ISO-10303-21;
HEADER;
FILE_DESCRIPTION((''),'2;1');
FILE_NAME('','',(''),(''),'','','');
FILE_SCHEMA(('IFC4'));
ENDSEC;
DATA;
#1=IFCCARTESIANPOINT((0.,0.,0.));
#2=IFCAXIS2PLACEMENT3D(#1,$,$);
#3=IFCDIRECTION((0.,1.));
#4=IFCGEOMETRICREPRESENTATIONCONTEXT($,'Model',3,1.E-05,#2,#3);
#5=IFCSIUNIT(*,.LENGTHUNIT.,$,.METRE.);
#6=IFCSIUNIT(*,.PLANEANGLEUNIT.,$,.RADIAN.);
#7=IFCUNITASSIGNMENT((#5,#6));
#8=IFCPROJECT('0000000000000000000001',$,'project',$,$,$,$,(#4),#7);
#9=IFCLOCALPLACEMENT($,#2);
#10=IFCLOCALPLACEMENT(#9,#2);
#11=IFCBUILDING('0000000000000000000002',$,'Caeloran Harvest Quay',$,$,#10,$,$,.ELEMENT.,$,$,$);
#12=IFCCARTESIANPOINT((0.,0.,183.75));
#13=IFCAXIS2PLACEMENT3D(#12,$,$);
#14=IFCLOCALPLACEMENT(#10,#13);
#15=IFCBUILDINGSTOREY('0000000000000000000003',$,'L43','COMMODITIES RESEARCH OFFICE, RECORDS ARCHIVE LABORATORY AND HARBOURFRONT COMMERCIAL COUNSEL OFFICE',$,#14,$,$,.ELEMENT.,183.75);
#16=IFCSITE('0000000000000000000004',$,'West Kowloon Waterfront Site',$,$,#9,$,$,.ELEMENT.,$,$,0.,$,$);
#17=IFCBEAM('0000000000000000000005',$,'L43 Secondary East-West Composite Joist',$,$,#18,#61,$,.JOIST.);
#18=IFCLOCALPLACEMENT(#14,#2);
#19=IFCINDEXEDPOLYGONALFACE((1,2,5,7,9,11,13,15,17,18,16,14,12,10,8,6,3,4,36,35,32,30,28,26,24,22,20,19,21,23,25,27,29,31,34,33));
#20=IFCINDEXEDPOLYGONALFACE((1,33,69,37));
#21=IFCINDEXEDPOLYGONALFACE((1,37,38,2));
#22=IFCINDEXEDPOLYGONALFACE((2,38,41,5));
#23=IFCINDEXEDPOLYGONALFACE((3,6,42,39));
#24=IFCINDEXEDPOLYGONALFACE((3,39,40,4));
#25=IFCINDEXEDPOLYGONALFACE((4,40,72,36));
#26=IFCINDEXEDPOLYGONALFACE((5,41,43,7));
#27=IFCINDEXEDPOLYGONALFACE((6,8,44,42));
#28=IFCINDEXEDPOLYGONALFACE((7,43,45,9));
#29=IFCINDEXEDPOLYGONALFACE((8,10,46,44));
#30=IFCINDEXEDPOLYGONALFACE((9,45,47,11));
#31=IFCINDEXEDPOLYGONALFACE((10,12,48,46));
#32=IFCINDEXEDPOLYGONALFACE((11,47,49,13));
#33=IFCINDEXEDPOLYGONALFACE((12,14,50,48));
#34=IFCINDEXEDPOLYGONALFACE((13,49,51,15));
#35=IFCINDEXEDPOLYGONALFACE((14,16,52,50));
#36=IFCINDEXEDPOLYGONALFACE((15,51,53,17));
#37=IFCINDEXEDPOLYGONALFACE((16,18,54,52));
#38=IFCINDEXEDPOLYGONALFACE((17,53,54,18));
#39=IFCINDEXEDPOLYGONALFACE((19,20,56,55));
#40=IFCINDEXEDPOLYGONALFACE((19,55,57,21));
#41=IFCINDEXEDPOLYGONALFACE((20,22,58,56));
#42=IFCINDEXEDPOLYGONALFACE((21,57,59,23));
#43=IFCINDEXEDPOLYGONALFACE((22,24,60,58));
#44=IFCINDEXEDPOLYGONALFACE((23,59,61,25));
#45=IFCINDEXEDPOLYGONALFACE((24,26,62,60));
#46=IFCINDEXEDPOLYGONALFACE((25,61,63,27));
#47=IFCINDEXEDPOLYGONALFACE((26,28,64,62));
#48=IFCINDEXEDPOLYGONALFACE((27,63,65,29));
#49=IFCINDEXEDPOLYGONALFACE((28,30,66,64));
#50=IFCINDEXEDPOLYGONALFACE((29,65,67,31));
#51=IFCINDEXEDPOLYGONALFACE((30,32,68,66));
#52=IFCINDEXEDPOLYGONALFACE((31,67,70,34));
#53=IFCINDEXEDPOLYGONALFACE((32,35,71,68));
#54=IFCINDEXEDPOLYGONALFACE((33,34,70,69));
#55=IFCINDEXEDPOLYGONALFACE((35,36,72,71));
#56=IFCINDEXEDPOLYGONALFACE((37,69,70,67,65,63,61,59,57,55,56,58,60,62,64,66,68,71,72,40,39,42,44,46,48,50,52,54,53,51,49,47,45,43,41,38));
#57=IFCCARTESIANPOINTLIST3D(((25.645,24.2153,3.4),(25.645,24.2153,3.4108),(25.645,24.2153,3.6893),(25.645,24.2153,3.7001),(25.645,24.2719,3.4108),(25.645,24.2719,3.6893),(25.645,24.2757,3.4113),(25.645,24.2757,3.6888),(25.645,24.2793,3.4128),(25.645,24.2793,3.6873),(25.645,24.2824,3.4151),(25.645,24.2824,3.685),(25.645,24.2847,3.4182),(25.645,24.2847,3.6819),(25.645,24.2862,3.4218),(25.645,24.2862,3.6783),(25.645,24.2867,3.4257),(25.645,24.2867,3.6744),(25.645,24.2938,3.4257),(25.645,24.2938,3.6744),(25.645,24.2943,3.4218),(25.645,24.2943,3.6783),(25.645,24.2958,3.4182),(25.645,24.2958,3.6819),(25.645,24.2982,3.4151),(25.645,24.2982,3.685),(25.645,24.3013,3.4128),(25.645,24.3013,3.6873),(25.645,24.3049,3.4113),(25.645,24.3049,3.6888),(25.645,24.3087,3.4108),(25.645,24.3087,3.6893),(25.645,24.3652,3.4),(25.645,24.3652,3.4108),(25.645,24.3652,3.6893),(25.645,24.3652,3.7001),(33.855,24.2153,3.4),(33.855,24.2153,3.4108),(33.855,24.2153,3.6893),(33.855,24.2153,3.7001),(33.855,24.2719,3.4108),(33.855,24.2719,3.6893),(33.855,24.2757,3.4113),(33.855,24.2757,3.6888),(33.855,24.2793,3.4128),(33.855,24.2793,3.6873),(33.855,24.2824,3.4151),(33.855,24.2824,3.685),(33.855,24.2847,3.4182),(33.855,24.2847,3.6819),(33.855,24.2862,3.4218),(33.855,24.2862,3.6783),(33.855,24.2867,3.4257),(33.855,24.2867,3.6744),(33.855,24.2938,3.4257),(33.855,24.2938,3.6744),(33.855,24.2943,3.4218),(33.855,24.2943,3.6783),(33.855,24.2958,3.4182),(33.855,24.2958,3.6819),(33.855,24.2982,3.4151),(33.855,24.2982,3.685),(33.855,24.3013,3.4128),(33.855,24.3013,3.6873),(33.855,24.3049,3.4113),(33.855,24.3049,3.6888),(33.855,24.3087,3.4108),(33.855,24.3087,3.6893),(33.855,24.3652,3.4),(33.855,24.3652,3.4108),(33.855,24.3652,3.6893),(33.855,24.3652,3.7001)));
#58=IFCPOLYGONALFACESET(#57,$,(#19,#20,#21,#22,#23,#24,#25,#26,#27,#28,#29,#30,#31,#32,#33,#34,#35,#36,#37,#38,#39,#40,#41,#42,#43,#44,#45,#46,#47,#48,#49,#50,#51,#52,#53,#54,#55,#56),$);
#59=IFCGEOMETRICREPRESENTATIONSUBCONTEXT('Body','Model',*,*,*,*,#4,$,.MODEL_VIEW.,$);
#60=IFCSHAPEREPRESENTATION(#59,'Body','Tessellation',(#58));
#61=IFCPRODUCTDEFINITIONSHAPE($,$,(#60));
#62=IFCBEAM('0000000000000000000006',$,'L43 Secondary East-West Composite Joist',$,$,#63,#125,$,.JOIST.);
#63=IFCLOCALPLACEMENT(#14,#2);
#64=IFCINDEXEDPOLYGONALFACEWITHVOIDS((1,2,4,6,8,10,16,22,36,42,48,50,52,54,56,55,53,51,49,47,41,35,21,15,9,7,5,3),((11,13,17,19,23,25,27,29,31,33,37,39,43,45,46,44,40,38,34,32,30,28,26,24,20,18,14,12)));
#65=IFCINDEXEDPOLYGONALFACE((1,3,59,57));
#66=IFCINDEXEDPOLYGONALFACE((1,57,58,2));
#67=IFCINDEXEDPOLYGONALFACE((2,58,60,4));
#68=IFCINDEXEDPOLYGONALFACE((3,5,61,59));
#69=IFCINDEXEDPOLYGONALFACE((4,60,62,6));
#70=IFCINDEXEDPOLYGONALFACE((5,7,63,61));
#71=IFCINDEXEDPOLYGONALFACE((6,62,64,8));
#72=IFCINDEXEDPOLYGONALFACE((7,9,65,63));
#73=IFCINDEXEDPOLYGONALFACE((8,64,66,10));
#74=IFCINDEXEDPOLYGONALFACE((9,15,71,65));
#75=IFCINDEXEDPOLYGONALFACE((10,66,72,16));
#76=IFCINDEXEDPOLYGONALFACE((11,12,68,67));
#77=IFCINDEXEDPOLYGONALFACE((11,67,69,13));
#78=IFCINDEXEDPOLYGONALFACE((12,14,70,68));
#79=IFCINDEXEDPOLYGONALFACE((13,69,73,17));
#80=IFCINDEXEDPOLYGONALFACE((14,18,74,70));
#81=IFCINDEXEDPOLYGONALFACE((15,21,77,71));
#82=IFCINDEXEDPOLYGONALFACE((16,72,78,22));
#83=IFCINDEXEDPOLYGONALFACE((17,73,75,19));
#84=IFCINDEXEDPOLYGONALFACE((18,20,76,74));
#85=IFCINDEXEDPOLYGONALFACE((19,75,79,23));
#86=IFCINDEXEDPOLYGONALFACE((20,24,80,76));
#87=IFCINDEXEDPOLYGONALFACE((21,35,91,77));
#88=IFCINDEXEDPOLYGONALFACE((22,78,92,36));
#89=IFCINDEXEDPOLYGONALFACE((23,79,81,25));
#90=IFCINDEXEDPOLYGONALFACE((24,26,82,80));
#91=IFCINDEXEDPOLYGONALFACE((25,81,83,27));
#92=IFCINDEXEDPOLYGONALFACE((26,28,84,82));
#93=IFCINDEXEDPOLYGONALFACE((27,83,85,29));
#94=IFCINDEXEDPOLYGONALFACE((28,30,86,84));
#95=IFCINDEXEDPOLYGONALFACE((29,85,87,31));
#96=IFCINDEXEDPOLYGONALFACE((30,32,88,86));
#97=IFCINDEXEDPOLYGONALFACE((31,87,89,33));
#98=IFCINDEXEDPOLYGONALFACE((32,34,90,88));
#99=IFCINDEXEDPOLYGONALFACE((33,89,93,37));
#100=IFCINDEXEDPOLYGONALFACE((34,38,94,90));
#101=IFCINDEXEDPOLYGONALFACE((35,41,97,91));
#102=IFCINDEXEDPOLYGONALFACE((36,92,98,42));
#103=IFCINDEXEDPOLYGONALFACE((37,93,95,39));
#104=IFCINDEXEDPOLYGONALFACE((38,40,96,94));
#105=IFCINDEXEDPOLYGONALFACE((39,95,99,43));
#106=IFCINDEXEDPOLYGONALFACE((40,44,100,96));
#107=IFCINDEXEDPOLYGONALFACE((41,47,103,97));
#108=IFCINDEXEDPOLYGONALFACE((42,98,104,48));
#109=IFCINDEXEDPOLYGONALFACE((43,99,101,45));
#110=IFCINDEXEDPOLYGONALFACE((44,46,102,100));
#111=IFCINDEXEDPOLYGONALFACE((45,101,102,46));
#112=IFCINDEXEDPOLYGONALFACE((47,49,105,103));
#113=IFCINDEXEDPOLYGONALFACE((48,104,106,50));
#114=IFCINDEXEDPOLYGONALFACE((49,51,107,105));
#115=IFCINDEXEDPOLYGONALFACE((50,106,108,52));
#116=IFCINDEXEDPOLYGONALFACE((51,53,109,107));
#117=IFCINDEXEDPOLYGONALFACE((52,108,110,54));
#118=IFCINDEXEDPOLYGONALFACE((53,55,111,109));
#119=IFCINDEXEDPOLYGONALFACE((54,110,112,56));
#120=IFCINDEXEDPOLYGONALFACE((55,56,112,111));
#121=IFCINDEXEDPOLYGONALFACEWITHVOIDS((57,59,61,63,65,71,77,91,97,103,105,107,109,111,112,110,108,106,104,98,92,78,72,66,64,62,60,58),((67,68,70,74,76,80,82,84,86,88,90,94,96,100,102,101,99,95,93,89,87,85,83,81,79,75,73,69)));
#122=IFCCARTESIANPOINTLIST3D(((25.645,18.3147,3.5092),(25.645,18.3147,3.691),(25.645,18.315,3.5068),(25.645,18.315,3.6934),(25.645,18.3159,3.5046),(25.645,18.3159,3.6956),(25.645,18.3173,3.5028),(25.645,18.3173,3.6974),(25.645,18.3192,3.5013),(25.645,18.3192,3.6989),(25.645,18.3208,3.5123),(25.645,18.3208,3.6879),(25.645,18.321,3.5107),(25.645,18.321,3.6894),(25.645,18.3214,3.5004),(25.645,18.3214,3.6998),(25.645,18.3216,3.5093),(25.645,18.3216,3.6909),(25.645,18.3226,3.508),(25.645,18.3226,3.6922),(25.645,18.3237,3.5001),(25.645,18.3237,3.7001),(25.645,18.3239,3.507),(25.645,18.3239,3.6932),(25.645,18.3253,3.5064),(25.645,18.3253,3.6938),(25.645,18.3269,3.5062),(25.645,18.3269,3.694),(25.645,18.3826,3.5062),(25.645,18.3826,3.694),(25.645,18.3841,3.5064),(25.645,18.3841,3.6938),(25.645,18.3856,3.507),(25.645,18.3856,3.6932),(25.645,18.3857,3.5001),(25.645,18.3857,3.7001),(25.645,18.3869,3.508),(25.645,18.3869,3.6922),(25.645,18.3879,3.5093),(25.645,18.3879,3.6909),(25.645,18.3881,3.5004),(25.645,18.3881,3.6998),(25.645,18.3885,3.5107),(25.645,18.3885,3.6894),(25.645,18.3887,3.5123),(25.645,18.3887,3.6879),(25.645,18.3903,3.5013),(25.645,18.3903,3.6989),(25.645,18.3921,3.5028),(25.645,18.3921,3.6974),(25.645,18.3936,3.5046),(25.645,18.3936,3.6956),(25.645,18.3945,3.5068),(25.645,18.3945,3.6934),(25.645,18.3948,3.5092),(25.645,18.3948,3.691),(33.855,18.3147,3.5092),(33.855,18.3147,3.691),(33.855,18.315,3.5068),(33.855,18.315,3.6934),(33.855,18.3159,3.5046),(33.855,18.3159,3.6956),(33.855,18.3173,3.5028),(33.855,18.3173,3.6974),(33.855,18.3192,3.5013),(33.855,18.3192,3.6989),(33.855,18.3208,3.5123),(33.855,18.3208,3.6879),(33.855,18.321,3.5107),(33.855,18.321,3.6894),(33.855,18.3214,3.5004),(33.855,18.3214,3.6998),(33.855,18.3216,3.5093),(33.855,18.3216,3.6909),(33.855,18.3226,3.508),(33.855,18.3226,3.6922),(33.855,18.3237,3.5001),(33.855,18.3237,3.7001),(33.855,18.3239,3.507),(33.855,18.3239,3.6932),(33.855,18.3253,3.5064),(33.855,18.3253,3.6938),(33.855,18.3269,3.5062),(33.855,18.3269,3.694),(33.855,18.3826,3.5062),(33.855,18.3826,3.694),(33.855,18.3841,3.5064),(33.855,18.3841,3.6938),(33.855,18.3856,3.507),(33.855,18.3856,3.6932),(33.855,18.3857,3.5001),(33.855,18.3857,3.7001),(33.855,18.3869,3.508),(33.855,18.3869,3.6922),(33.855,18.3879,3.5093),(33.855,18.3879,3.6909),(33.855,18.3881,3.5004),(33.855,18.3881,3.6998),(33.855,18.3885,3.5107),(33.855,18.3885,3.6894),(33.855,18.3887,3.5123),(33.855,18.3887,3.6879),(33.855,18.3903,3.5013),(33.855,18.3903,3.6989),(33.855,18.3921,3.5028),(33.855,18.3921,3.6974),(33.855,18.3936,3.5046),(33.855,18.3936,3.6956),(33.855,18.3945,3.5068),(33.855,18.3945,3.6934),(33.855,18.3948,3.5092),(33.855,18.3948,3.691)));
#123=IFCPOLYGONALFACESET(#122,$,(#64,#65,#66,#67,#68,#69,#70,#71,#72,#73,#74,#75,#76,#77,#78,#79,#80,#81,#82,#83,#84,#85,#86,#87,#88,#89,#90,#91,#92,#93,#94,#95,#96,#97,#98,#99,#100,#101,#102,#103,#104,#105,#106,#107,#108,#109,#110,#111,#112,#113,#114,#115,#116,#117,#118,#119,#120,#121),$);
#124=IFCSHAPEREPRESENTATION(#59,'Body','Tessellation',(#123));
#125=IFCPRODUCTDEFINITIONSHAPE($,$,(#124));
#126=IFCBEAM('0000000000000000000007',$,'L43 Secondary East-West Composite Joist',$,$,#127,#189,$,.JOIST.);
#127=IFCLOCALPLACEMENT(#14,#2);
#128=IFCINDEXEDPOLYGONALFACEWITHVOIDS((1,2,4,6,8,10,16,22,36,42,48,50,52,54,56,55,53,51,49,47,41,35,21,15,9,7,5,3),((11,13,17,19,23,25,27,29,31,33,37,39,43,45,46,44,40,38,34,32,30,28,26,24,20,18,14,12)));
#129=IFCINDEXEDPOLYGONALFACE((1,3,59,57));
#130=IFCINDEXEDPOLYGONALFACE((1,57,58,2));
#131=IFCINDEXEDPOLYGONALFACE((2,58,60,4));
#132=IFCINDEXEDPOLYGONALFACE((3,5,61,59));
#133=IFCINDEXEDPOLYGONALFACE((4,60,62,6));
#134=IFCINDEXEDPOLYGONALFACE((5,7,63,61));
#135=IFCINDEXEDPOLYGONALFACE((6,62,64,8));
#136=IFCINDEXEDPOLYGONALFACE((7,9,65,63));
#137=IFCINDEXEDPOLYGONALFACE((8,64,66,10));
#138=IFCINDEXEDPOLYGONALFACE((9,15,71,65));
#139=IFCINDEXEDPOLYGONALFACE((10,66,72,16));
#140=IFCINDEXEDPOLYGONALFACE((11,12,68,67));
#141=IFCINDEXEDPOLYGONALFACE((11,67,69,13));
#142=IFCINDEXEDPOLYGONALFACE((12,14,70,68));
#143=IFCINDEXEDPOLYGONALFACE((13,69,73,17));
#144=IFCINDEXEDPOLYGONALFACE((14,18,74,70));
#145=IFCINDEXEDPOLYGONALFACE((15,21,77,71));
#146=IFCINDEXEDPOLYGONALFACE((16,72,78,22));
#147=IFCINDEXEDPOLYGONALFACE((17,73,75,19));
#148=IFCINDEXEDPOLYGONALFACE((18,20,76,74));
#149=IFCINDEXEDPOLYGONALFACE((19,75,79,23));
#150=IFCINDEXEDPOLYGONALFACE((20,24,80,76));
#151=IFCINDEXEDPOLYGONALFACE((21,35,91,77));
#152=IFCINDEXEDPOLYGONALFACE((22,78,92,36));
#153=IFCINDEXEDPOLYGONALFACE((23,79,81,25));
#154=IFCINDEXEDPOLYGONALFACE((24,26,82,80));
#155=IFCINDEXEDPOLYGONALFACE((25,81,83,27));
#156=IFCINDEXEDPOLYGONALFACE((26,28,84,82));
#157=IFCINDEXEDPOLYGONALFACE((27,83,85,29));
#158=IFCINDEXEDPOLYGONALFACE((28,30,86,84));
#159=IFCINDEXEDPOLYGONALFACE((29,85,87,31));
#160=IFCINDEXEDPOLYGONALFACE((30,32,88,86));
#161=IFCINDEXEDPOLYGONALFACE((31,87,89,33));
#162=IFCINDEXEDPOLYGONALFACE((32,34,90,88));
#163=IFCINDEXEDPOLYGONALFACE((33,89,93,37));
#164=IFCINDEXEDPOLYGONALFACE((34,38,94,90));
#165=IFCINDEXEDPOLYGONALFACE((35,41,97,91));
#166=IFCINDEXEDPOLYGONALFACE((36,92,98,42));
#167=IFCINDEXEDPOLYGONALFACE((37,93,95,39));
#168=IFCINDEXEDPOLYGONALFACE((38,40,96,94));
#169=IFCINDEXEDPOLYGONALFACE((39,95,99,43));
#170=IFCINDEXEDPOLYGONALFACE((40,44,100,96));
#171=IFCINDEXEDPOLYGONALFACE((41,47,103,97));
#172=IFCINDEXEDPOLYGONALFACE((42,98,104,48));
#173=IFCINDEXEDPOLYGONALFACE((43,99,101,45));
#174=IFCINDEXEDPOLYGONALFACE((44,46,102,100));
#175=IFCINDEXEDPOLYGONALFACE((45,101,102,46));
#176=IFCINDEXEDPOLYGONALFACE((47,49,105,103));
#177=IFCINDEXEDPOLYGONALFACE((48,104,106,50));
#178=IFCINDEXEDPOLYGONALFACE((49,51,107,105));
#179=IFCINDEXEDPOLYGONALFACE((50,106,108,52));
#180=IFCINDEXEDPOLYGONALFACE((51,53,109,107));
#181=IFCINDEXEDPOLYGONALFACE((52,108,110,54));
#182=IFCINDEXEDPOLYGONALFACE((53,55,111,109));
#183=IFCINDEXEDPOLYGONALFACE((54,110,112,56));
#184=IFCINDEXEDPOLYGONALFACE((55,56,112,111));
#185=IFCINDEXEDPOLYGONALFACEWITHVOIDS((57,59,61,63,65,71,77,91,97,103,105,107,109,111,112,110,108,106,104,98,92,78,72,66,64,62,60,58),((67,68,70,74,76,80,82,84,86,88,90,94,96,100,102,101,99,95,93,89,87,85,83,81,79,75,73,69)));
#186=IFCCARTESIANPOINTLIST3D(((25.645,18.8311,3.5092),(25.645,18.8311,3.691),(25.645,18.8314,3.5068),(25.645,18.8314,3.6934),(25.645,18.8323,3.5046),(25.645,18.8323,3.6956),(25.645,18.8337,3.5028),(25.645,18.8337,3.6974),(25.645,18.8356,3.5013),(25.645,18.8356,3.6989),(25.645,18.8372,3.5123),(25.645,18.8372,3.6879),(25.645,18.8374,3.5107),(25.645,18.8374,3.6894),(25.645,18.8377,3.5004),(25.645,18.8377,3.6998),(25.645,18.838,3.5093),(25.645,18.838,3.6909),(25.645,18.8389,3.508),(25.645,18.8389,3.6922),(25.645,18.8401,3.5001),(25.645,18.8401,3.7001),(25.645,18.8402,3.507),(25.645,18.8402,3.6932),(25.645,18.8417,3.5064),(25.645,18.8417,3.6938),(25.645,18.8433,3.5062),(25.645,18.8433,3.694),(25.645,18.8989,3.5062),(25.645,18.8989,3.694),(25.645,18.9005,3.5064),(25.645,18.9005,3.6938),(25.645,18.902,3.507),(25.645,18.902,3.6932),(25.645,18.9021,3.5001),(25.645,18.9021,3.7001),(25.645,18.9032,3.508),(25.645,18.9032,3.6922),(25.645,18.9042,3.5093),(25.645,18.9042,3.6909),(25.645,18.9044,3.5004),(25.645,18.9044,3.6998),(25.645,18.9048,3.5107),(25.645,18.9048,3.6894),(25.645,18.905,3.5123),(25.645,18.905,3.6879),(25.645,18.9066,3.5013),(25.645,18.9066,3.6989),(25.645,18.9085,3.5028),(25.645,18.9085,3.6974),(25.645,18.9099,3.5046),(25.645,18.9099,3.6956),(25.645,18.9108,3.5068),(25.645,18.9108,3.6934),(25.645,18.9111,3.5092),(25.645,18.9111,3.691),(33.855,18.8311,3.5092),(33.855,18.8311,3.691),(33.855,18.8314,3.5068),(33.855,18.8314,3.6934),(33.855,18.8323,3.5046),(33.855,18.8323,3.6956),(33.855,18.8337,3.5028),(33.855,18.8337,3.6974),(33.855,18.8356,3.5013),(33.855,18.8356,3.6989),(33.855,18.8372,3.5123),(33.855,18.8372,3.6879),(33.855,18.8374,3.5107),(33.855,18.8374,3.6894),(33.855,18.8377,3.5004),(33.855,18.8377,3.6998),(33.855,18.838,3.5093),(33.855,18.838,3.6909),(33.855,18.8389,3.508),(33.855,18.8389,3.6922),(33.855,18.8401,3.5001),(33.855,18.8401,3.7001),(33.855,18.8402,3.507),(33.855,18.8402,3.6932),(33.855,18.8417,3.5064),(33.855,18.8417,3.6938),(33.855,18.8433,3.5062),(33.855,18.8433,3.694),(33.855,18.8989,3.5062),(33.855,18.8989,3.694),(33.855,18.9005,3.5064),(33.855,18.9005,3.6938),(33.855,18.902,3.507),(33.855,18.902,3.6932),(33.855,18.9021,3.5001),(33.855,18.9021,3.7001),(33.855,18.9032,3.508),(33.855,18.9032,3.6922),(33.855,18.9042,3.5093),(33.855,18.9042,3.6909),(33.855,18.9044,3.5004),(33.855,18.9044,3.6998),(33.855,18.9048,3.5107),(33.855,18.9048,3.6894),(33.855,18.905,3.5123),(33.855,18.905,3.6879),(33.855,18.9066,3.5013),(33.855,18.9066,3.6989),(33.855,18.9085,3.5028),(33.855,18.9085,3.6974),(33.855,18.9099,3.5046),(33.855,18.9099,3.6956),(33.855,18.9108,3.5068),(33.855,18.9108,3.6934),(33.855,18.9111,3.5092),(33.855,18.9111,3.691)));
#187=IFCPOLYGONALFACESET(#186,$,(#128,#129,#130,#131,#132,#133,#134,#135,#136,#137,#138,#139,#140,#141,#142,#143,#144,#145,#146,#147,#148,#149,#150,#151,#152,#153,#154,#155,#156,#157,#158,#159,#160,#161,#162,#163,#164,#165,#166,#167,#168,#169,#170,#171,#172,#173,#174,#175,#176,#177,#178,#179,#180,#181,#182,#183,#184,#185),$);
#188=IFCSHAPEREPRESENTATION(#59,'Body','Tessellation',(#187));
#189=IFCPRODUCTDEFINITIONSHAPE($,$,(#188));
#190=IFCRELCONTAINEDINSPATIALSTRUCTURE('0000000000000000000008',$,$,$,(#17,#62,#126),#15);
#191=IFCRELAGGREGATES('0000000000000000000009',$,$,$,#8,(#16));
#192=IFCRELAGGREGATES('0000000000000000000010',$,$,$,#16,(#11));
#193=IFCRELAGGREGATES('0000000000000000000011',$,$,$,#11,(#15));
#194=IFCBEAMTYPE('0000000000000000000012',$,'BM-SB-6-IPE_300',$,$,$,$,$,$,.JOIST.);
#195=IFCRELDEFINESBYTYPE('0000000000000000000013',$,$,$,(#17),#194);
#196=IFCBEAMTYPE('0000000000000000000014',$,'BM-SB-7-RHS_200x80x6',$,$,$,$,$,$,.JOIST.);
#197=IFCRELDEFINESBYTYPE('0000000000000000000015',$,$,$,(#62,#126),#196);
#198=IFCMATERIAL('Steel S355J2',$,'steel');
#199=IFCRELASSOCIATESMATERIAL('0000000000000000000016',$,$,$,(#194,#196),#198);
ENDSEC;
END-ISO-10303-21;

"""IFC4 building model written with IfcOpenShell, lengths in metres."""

from ifc_helpers import new_model, si_unit, direction, frame, origin, origin_2d, place, context, subcontext, project, spatial, hollow_rectangle, i_section, extrude, material, material_profile, profile_set, type_object, element, save


model = new_model("IFC4")

# Units and contexts
model_context = context("Model", 3, precision=1e-05, world=origin(), true_north=direction((0.0, 1.0)))
body_context = subcontext(model_context, "Body", "Model", "MODEL_VIEW")
ifc_project = project(units=[si_unit("LENGTHUNIT", "METRE"), si_unit("PLANEANGLEUNIT", "RADIAN")], contexts=[model_context])

# Site, building, storey
site_placement = place(None, origin())
site = spatial("IfcSite", under=ifc_project, at=site_placement, Name="West Kowloon Waterfront Site", CompositionType="ELEMENT", RefElevation=0.0)
building_placement = place(site_placement, origin())
building = spatial("IfcBuilding", under=site, at=building_placement, Name="Caeloran Harvest Quay", CompositionType="ELEMENT")
storey_placement = place(building_placement, frame((0.0, 0.0, 183.75)))
storey = spatial("IfcBuildingStorey", under=building, at=storey_placement, Name="L43", Description="COMMODITIES RESEARCH OFFICE, RECORDS ARCHIVE LABORATORY AND HARBOURFRONT COMMERCIAL COUNSEL OFFICE", CompositionType="ELEMENT", Elevation=183.75)

# Beams
ifc_material_1 = material(Name="Steel S355J2", Category="steel")
ifc_material_profile_1 = material_profile(ifc_material_1, i_section(OverallWidth=0.1499, OverallDepth=0.3, WebThickness=0.0071, FlangeThickness=0.0107, FilletRadius=0.0149, at=origin_2d()), Name="IPE 300")
ifc_profile_set_1 = profile_set([ifc_material_profile_1], Name="Steel S355J2")
beam_type_1 = type_object("IfcBeamType", Name="BM-SB-6-IPE_300", PredefinedType="JOIST", material=ifc_profile_set_1)
for number, where, z_axis, x_axis, name in (
    (1, (25.645, 24.2903, 3.55), (1.0, 0.0, 0.0), (0.0, 1.0, 0.0), "L43 Secondary East-West Composite Joist"),
):
    element("IfcBeam", number, at=place(storey_placement, frame(where, z_axis=z_axis, x_axis=x_axis)), inside=storey, type_object=beam_type_1, Name=name, PredefinedType="JOIST", context=body_context, shape_type="SweptSolid", body=[
        extrude(i_section(OverallWidth=0.1499, OverallDepth=0.3, WebThickness=0.0071, FlangeThickness=0.0107, FilletRadius=0.0149, at=origin_2d()), origin(), (0.0, 0.0, 1.0), 8.21),
    ])
ifc_material_profile_2 = material_profile(ifc_material_1, hollow_rectangle(XDim=0.0801, YDim=0.2, WallThickness=0.0061, InnerFilletRadius=0.0061, OuterFilletRadius=0.009, at=origin_2d()), Name="RHS 200x80x6")
ifc_profile_set_2 = profile_set([ifc_material_profile_2], Name="Steel S355J2")
beam_type_2 = type_object("IfcBeamType", Name="BM-SB-7-RHS_200x80x6", PredefinedType="JOIST", material=ifc_profile_set_2)
for number, where, z_axis, x_axis, name in (
    (2, (25.645, 18.3547, 3.6001), (1.0, 0.0, 0.0), (0.0, 1.0, 0.0), "L43 Secondary East-West Composite Joist"),
    (3, (25.645, 18.8711, 3.6001), (1.0, 0.0, 0.0), (0.0, 1.0, 0.0), "L43 Secondary East-West Composite Joist"),
):
    element("IfcBeam", number, at=place(storey_placement, frame(where, z_axis=z_axis, x_axis=x_axis)), inside=storey, type_object=beam_type_2, Name=name, PredefinedType="JOIST", context=body_context, shape_type="SweptSolid", body=[
        extrude(hollow_rectangle(XDim=0.0801, YDim=0.2, WallThickness=0.0061, InnerFilletRadius=0.0061, OuterFilletRadius=0.009, at=origin_2d()), origin(), (0.0, 0.0, 1.0), 8.21),
    ])

save(model, "model.ifc")
